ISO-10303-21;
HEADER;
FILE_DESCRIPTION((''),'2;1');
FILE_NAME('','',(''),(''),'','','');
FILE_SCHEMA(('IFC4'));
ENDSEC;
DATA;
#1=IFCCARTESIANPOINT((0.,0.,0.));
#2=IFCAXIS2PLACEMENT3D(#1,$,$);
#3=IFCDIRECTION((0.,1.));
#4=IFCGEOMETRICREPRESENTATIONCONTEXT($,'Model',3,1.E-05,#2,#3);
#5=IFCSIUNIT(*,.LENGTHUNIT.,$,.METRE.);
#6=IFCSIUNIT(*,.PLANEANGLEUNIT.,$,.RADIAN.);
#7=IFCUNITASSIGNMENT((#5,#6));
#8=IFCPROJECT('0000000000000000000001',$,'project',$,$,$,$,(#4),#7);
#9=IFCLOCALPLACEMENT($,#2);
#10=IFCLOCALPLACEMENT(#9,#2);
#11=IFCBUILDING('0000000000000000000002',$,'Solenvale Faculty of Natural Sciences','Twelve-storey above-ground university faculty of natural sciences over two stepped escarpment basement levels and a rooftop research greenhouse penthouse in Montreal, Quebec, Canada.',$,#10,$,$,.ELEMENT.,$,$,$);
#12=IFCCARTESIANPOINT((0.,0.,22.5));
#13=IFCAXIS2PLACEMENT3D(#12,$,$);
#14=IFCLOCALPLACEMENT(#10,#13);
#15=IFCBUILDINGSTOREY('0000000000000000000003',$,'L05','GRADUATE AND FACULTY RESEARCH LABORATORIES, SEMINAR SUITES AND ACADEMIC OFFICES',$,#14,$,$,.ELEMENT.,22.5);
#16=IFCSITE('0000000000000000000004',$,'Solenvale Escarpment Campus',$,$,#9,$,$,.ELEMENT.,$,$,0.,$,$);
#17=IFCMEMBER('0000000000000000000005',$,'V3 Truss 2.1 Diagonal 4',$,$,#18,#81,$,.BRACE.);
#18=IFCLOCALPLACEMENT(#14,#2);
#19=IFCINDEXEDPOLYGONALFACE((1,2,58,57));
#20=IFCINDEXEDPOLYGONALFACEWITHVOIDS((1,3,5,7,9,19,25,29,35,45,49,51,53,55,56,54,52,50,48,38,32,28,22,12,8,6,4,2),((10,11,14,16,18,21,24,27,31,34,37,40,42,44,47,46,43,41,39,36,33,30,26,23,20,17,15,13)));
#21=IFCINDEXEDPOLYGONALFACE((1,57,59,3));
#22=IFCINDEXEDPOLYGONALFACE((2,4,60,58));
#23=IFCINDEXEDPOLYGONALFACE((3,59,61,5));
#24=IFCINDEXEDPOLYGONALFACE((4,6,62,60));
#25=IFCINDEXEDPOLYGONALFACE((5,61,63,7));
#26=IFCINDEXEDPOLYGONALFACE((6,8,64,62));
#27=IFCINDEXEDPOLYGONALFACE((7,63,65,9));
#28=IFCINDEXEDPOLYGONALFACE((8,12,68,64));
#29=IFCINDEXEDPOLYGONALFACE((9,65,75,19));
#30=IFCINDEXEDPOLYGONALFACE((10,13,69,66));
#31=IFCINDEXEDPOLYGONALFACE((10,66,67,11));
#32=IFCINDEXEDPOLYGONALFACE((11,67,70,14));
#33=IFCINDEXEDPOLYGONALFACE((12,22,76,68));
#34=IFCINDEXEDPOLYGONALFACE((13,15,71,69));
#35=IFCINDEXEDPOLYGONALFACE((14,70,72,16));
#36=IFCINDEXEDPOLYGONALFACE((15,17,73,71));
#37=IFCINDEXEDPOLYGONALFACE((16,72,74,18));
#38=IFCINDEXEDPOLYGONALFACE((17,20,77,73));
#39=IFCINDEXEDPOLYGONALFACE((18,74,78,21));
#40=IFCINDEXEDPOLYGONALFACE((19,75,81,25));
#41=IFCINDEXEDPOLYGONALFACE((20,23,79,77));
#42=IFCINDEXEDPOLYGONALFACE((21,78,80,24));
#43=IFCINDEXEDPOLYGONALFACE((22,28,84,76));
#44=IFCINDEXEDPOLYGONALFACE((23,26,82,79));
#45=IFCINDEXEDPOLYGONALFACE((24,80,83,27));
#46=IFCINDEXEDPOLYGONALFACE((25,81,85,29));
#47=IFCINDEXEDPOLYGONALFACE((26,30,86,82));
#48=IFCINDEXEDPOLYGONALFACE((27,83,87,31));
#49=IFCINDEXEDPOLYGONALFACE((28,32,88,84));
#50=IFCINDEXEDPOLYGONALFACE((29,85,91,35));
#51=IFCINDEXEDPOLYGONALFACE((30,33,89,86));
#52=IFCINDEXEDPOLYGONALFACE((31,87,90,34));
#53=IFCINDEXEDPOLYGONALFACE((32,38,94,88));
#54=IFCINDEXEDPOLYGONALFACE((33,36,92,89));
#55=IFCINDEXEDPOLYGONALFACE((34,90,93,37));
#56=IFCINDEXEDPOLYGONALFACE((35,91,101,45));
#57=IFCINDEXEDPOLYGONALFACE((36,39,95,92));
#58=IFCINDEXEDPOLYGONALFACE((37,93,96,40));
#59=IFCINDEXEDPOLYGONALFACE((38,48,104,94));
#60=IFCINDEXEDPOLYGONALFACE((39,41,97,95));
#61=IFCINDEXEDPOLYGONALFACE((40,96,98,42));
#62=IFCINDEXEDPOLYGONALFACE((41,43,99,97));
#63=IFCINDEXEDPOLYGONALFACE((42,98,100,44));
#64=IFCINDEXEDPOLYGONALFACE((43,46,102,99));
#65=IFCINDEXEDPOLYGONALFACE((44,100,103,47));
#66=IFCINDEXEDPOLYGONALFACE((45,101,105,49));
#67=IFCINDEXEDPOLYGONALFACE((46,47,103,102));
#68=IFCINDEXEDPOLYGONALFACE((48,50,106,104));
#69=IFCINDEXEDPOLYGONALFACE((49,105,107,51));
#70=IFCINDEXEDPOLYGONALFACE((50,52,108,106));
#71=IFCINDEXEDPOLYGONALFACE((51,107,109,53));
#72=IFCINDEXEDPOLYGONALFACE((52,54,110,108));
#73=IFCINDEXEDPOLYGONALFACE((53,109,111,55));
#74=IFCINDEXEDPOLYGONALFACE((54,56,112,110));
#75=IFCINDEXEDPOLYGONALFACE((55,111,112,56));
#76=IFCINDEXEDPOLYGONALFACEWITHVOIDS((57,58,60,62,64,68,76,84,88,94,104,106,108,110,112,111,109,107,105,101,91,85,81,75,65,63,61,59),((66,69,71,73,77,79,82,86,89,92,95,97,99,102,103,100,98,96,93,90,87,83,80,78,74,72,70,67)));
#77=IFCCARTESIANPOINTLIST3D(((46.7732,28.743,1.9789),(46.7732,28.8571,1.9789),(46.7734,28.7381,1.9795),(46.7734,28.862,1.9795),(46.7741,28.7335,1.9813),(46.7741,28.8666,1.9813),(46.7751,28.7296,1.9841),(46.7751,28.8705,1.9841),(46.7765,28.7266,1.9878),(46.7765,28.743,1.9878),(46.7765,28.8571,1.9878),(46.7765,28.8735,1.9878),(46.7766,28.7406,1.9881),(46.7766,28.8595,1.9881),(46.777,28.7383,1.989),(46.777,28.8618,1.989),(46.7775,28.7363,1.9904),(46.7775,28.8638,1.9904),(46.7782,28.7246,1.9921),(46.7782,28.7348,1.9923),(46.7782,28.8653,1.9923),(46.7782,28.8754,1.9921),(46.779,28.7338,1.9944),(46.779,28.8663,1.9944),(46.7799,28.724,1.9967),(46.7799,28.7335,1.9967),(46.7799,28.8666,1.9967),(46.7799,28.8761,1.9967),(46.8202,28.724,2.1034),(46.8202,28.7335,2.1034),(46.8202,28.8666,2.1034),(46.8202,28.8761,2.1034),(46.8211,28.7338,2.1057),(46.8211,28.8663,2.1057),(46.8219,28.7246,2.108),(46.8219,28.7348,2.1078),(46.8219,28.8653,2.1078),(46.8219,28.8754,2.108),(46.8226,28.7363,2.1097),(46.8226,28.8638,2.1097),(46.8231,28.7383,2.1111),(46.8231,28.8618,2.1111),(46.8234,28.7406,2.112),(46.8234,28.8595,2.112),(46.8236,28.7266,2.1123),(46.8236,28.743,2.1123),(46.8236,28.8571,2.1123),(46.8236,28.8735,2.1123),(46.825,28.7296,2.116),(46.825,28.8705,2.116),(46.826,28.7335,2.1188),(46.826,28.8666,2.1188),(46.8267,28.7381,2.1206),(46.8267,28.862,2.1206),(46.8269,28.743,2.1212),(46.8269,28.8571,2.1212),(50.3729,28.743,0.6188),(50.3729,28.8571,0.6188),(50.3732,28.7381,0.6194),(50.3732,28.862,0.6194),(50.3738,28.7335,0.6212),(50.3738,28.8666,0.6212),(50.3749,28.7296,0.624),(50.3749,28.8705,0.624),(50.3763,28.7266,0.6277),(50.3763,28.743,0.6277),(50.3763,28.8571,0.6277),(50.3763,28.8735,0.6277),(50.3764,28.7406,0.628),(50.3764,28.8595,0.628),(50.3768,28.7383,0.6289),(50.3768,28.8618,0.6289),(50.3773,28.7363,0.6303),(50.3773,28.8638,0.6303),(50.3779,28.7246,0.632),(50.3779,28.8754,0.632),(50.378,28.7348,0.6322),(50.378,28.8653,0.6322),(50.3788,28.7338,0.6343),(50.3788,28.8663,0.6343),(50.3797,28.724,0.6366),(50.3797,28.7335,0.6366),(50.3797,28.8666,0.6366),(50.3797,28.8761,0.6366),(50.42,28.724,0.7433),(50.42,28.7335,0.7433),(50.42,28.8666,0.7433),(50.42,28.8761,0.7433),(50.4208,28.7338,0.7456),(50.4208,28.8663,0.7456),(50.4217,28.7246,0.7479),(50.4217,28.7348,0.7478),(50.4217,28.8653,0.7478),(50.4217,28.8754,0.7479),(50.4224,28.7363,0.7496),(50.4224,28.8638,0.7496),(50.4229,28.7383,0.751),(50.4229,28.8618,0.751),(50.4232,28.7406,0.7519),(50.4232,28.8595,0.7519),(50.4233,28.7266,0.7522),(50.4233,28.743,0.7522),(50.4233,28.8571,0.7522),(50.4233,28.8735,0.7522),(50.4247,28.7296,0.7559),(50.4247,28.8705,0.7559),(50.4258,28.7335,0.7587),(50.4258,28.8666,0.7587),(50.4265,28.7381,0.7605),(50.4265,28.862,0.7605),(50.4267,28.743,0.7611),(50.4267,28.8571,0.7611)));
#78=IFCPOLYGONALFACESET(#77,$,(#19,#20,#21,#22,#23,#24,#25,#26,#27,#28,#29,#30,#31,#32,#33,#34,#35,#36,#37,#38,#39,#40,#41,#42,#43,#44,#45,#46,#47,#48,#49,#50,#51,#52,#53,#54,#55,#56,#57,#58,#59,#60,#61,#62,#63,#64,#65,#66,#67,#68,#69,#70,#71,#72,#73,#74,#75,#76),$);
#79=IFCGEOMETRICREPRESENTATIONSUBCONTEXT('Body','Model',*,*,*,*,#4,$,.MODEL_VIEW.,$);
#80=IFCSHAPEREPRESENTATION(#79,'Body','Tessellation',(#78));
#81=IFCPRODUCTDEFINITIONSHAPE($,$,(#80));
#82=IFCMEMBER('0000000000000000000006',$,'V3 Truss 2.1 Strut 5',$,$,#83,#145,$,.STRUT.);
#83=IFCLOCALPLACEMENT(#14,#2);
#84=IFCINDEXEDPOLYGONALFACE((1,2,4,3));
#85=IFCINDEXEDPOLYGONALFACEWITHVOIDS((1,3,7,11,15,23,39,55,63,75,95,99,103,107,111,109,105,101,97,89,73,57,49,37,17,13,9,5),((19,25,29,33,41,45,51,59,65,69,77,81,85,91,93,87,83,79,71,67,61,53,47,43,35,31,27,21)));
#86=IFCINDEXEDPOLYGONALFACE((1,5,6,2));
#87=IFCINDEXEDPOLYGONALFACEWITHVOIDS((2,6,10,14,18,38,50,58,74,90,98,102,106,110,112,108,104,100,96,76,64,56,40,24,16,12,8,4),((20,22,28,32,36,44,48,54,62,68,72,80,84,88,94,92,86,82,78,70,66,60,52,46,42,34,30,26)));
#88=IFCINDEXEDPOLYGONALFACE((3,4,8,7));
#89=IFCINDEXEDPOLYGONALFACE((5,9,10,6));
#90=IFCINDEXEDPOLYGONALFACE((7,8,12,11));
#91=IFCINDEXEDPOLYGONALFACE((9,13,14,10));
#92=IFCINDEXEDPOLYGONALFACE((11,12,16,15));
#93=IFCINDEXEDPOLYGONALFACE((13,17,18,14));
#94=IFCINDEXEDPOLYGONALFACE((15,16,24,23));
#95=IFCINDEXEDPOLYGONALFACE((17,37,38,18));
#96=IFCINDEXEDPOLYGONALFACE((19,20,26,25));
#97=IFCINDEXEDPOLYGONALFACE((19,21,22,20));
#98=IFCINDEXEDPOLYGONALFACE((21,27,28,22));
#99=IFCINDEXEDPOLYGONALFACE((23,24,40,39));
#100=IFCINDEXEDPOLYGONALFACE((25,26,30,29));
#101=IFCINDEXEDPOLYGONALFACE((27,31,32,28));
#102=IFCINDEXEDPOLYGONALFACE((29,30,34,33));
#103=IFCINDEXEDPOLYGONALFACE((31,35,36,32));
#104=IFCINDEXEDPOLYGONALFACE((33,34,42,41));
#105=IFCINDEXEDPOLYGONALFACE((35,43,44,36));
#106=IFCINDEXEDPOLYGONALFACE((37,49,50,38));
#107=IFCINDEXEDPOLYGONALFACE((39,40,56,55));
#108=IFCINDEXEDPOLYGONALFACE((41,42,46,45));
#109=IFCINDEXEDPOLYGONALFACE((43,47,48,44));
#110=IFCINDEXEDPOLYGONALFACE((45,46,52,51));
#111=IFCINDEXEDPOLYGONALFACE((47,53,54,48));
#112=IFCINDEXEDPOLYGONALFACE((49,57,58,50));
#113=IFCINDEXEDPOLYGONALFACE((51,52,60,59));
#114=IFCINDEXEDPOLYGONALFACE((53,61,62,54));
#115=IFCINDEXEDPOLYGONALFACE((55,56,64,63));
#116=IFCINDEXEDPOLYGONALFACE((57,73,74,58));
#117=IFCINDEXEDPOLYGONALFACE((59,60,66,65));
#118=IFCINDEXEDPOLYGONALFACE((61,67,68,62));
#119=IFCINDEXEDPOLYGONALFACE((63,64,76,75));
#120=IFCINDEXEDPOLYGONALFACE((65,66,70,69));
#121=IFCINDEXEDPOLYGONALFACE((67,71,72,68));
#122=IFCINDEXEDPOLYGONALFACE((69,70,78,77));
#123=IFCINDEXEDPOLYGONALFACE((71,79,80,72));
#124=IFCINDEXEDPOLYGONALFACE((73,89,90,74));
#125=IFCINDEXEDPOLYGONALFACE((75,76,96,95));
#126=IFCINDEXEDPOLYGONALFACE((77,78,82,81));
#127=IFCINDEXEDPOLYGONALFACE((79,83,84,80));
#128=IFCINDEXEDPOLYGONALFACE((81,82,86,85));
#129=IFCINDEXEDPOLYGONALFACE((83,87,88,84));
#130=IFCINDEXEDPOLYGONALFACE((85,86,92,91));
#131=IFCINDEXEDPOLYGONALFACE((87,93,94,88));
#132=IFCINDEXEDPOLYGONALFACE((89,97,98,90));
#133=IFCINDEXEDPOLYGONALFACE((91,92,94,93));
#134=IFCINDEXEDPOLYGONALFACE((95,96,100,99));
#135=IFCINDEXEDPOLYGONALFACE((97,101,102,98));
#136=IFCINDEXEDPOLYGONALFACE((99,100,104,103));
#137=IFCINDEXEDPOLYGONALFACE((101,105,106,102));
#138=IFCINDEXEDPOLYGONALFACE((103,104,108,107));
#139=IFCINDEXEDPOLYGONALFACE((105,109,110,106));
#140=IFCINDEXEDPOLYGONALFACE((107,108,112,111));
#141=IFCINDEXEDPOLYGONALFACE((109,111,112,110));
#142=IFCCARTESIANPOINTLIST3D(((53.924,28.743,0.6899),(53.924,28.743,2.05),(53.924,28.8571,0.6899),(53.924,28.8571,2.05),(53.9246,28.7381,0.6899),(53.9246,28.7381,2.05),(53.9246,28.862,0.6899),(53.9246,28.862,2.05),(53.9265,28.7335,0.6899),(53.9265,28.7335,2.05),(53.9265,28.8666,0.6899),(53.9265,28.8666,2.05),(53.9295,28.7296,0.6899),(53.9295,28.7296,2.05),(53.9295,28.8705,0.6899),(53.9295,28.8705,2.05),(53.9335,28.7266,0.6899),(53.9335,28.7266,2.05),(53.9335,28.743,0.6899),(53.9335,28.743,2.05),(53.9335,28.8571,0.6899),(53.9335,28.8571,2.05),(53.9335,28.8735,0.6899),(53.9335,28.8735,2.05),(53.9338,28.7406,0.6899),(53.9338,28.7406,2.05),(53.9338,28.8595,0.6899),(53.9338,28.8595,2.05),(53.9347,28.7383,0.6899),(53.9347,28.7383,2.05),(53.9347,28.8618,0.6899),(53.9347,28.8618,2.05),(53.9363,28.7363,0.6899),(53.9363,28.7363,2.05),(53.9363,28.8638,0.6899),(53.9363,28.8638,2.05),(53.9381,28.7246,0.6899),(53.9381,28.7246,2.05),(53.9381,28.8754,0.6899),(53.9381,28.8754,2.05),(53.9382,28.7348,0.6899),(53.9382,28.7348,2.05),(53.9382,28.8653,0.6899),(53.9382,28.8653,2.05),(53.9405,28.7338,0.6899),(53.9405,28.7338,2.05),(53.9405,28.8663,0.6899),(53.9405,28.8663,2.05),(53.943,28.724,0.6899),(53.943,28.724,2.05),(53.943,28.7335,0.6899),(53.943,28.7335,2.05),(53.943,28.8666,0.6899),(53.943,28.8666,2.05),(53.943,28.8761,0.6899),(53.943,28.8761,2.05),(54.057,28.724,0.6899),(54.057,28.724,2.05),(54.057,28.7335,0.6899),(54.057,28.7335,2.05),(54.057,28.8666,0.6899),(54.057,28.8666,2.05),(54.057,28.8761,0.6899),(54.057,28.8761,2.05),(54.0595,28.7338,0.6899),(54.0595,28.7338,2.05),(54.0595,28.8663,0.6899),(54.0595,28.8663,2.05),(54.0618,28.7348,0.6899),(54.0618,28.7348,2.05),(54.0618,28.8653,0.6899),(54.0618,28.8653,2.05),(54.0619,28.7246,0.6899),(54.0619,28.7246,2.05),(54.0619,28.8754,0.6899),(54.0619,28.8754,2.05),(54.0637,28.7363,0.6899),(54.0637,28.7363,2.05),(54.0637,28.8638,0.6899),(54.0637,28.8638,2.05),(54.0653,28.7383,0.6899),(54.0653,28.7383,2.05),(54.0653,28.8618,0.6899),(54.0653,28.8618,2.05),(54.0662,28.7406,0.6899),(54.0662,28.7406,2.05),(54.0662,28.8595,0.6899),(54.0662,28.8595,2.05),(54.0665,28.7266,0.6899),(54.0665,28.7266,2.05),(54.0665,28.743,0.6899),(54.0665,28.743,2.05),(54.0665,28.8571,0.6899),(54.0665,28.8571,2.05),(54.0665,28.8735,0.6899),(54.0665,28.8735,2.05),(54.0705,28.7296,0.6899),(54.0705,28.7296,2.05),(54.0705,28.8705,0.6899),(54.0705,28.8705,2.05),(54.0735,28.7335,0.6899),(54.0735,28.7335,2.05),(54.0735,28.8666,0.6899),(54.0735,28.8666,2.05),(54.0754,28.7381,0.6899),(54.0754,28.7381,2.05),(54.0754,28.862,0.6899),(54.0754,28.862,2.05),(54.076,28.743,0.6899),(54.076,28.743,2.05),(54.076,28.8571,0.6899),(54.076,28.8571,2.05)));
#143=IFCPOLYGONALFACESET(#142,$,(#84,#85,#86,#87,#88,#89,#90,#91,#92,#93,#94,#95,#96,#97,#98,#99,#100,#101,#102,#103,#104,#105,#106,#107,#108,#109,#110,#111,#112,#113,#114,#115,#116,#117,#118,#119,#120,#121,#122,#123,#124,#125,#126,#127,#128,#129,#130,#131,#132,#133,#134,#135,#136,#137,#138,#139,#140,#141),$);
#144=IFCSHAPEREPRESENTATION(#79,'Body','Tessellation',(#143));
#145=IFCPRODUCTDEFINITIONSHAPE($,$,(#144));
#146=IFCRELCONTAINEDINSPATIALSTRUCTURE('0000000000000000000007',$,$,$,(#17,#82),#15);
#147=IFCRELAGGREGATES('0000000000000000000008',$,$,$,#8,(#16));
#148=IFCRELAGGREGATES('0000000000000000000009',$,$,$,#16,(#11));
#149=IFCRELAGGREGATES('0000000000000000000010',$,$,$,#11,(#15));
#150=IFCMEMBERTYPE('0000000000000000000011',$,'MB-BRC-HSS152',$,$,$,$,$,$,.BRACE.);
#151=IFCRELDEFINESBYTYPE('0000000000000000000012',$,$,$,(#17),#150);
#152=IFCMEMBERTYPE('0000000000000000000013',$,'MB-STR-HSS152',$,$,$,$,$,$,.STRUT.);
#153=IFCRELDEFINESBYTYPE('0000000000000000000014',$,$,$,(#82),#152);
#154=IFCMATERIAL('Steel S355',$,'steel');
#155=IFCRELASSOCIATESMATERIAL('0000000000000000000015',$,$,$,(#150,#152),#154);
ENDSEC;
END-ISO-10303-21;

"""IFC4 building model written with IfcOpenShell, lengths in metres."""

from ifc_helpers import new_model, si_unit, direction, frame, origin, origin_2d, place, context, subcontext, project, spatial, hollow_rectangle, extrude, material, material_profile, profile_set, type_object, element, save


model = new_model("IFC4")

# Units and contexts
model_context = context("Model", 3, precision=1e-05, world=origin(), true_north=direction((0.0, 1.0)))
body_context = subcontext(model_context, "Body", "Model", "MODEL_VIEW")
ifc_project = project(units=[si_unit("LENGTHUNIT", "METRE"), si_unit("PLANEANGLEUNIT", "RADIAN")], contexts=[model_context])

# Site, building, storey
site_placement = place(None, origin())
site = spatial("IfcSite", under=ifc_project, at=site_placement, Name="Solenvale Escarpment Campus", CompositionType="ELEMENT", RefElevation=0.0)
building_placement = place(site_placement, origin())
building = spatial("IfcBuilding", under=site, at=building_placement, Name="Solenvale Faculty of Natural Sciences", Description="Twelve-storey above-ground university faculty of natural sciences over two stepped escarpment basement levels and a rooftop research greenhouse penthouse in Montreal, Quebec, Canada.", CompositionType="ELEMENT")
storey_placement = place(building_placement, frame((0.0, 0.0, 22.5)))
storey = spatial("IfcBuildingStorey", under=building, at=storey_placement, Name="L05", Description="GRADUATE AND FACULTY RESEARCH LABORATORIES, SEMINAR SUITES AND ACADEMIC OFFICES", CompositionType="ELEMENT", Elevation=22.5)

# Members
ifc_material_1 = material(Name="Steel S355", Category="steel")
ifc_material_profile_1 = material_profile(ifc_material_1, hollow_rectangle(XDim=0.1521, YDim=0.1521, WallThickness=0.0095, InnerFilletRadius=0.0095, OuterFilletRadius=0.019, at=origin_2d()), Name="HSS152x152x9.5")
ifc_profile_set_1 = profile_set([ifc_material_profile_1], Name="Steel S355")
member_type_1 = type_object("IfcMemberType", Name="MB-BRC-HSS152", PredefinedType="BRACE", material=ifc_profile_set_1)
member_1_placement = place(storey_placement, frame((46.8, 28.8, 2.05), z_axis=(0.935458, 0.0, -0.353438), x_axis=(0.0, 1.0, 0.0)))
element("IfcMember", 1, at=member_1_placement, inside=storey, type_object=member_type_1, Name="V3 Truss 2.1 Diagonal 4", PredefinedType="BRACE", context=body_context, shape_type="SweptSolid", body=[
    extrude(hollow_rectangle(XDim=0.1521, YDim=0.1521, WallThickness=0.0095, InnerFilletRadius=0.0095, OuterFilletRadius=0.019, at=origin_2d()), origin(), (0.0, 0.0, 1.0), 3.8481),
])
ifc_material_profile_2 = material_profile(ifc_material_1, hollow_rectangle(XDim=0.1521, YDim=0.1521, WallThickness=0.0095, InnerFilletRadius=0.0095, OuterFilletRadius=0.019, at=origin_2d()), Name="HSS152x152x9.5")
ifc_profile_set_2 = profile_set([ifc_material_profile_2], Name="Steel S355")
member_type_2 = type_object("IfcMemberType", Name="MB-STR-HSS152", PredefinedType="STRUT", material=ifc_profile_set_2)
member_2_placement = place(storey_placement, frame((54.0, 28.8, 0.6899), z_axis=(0.0, 0.0, 1.0), x_axis=(1.0, 0.0, 0.0)))
element("IfcMember", 2, at=member_2_placement, inside=storey, type_object=member_type_2, Name="V3 Truss 2.1 Strut 5", PredefinedType="STRUT", context=body_context, shape_type="SweptSolid", body=[
    extrude(hollow_rectangle(XDim=0.1521, YDim=0.1521, WallThickness=0.0095, InnerFilletRadius=0.0095, OuterFilletRadius=0.019, at=origin_2d()), origin(), (0.0, 0.0, 1.0), 1.3601),
])

save(model, "model.ifc")
